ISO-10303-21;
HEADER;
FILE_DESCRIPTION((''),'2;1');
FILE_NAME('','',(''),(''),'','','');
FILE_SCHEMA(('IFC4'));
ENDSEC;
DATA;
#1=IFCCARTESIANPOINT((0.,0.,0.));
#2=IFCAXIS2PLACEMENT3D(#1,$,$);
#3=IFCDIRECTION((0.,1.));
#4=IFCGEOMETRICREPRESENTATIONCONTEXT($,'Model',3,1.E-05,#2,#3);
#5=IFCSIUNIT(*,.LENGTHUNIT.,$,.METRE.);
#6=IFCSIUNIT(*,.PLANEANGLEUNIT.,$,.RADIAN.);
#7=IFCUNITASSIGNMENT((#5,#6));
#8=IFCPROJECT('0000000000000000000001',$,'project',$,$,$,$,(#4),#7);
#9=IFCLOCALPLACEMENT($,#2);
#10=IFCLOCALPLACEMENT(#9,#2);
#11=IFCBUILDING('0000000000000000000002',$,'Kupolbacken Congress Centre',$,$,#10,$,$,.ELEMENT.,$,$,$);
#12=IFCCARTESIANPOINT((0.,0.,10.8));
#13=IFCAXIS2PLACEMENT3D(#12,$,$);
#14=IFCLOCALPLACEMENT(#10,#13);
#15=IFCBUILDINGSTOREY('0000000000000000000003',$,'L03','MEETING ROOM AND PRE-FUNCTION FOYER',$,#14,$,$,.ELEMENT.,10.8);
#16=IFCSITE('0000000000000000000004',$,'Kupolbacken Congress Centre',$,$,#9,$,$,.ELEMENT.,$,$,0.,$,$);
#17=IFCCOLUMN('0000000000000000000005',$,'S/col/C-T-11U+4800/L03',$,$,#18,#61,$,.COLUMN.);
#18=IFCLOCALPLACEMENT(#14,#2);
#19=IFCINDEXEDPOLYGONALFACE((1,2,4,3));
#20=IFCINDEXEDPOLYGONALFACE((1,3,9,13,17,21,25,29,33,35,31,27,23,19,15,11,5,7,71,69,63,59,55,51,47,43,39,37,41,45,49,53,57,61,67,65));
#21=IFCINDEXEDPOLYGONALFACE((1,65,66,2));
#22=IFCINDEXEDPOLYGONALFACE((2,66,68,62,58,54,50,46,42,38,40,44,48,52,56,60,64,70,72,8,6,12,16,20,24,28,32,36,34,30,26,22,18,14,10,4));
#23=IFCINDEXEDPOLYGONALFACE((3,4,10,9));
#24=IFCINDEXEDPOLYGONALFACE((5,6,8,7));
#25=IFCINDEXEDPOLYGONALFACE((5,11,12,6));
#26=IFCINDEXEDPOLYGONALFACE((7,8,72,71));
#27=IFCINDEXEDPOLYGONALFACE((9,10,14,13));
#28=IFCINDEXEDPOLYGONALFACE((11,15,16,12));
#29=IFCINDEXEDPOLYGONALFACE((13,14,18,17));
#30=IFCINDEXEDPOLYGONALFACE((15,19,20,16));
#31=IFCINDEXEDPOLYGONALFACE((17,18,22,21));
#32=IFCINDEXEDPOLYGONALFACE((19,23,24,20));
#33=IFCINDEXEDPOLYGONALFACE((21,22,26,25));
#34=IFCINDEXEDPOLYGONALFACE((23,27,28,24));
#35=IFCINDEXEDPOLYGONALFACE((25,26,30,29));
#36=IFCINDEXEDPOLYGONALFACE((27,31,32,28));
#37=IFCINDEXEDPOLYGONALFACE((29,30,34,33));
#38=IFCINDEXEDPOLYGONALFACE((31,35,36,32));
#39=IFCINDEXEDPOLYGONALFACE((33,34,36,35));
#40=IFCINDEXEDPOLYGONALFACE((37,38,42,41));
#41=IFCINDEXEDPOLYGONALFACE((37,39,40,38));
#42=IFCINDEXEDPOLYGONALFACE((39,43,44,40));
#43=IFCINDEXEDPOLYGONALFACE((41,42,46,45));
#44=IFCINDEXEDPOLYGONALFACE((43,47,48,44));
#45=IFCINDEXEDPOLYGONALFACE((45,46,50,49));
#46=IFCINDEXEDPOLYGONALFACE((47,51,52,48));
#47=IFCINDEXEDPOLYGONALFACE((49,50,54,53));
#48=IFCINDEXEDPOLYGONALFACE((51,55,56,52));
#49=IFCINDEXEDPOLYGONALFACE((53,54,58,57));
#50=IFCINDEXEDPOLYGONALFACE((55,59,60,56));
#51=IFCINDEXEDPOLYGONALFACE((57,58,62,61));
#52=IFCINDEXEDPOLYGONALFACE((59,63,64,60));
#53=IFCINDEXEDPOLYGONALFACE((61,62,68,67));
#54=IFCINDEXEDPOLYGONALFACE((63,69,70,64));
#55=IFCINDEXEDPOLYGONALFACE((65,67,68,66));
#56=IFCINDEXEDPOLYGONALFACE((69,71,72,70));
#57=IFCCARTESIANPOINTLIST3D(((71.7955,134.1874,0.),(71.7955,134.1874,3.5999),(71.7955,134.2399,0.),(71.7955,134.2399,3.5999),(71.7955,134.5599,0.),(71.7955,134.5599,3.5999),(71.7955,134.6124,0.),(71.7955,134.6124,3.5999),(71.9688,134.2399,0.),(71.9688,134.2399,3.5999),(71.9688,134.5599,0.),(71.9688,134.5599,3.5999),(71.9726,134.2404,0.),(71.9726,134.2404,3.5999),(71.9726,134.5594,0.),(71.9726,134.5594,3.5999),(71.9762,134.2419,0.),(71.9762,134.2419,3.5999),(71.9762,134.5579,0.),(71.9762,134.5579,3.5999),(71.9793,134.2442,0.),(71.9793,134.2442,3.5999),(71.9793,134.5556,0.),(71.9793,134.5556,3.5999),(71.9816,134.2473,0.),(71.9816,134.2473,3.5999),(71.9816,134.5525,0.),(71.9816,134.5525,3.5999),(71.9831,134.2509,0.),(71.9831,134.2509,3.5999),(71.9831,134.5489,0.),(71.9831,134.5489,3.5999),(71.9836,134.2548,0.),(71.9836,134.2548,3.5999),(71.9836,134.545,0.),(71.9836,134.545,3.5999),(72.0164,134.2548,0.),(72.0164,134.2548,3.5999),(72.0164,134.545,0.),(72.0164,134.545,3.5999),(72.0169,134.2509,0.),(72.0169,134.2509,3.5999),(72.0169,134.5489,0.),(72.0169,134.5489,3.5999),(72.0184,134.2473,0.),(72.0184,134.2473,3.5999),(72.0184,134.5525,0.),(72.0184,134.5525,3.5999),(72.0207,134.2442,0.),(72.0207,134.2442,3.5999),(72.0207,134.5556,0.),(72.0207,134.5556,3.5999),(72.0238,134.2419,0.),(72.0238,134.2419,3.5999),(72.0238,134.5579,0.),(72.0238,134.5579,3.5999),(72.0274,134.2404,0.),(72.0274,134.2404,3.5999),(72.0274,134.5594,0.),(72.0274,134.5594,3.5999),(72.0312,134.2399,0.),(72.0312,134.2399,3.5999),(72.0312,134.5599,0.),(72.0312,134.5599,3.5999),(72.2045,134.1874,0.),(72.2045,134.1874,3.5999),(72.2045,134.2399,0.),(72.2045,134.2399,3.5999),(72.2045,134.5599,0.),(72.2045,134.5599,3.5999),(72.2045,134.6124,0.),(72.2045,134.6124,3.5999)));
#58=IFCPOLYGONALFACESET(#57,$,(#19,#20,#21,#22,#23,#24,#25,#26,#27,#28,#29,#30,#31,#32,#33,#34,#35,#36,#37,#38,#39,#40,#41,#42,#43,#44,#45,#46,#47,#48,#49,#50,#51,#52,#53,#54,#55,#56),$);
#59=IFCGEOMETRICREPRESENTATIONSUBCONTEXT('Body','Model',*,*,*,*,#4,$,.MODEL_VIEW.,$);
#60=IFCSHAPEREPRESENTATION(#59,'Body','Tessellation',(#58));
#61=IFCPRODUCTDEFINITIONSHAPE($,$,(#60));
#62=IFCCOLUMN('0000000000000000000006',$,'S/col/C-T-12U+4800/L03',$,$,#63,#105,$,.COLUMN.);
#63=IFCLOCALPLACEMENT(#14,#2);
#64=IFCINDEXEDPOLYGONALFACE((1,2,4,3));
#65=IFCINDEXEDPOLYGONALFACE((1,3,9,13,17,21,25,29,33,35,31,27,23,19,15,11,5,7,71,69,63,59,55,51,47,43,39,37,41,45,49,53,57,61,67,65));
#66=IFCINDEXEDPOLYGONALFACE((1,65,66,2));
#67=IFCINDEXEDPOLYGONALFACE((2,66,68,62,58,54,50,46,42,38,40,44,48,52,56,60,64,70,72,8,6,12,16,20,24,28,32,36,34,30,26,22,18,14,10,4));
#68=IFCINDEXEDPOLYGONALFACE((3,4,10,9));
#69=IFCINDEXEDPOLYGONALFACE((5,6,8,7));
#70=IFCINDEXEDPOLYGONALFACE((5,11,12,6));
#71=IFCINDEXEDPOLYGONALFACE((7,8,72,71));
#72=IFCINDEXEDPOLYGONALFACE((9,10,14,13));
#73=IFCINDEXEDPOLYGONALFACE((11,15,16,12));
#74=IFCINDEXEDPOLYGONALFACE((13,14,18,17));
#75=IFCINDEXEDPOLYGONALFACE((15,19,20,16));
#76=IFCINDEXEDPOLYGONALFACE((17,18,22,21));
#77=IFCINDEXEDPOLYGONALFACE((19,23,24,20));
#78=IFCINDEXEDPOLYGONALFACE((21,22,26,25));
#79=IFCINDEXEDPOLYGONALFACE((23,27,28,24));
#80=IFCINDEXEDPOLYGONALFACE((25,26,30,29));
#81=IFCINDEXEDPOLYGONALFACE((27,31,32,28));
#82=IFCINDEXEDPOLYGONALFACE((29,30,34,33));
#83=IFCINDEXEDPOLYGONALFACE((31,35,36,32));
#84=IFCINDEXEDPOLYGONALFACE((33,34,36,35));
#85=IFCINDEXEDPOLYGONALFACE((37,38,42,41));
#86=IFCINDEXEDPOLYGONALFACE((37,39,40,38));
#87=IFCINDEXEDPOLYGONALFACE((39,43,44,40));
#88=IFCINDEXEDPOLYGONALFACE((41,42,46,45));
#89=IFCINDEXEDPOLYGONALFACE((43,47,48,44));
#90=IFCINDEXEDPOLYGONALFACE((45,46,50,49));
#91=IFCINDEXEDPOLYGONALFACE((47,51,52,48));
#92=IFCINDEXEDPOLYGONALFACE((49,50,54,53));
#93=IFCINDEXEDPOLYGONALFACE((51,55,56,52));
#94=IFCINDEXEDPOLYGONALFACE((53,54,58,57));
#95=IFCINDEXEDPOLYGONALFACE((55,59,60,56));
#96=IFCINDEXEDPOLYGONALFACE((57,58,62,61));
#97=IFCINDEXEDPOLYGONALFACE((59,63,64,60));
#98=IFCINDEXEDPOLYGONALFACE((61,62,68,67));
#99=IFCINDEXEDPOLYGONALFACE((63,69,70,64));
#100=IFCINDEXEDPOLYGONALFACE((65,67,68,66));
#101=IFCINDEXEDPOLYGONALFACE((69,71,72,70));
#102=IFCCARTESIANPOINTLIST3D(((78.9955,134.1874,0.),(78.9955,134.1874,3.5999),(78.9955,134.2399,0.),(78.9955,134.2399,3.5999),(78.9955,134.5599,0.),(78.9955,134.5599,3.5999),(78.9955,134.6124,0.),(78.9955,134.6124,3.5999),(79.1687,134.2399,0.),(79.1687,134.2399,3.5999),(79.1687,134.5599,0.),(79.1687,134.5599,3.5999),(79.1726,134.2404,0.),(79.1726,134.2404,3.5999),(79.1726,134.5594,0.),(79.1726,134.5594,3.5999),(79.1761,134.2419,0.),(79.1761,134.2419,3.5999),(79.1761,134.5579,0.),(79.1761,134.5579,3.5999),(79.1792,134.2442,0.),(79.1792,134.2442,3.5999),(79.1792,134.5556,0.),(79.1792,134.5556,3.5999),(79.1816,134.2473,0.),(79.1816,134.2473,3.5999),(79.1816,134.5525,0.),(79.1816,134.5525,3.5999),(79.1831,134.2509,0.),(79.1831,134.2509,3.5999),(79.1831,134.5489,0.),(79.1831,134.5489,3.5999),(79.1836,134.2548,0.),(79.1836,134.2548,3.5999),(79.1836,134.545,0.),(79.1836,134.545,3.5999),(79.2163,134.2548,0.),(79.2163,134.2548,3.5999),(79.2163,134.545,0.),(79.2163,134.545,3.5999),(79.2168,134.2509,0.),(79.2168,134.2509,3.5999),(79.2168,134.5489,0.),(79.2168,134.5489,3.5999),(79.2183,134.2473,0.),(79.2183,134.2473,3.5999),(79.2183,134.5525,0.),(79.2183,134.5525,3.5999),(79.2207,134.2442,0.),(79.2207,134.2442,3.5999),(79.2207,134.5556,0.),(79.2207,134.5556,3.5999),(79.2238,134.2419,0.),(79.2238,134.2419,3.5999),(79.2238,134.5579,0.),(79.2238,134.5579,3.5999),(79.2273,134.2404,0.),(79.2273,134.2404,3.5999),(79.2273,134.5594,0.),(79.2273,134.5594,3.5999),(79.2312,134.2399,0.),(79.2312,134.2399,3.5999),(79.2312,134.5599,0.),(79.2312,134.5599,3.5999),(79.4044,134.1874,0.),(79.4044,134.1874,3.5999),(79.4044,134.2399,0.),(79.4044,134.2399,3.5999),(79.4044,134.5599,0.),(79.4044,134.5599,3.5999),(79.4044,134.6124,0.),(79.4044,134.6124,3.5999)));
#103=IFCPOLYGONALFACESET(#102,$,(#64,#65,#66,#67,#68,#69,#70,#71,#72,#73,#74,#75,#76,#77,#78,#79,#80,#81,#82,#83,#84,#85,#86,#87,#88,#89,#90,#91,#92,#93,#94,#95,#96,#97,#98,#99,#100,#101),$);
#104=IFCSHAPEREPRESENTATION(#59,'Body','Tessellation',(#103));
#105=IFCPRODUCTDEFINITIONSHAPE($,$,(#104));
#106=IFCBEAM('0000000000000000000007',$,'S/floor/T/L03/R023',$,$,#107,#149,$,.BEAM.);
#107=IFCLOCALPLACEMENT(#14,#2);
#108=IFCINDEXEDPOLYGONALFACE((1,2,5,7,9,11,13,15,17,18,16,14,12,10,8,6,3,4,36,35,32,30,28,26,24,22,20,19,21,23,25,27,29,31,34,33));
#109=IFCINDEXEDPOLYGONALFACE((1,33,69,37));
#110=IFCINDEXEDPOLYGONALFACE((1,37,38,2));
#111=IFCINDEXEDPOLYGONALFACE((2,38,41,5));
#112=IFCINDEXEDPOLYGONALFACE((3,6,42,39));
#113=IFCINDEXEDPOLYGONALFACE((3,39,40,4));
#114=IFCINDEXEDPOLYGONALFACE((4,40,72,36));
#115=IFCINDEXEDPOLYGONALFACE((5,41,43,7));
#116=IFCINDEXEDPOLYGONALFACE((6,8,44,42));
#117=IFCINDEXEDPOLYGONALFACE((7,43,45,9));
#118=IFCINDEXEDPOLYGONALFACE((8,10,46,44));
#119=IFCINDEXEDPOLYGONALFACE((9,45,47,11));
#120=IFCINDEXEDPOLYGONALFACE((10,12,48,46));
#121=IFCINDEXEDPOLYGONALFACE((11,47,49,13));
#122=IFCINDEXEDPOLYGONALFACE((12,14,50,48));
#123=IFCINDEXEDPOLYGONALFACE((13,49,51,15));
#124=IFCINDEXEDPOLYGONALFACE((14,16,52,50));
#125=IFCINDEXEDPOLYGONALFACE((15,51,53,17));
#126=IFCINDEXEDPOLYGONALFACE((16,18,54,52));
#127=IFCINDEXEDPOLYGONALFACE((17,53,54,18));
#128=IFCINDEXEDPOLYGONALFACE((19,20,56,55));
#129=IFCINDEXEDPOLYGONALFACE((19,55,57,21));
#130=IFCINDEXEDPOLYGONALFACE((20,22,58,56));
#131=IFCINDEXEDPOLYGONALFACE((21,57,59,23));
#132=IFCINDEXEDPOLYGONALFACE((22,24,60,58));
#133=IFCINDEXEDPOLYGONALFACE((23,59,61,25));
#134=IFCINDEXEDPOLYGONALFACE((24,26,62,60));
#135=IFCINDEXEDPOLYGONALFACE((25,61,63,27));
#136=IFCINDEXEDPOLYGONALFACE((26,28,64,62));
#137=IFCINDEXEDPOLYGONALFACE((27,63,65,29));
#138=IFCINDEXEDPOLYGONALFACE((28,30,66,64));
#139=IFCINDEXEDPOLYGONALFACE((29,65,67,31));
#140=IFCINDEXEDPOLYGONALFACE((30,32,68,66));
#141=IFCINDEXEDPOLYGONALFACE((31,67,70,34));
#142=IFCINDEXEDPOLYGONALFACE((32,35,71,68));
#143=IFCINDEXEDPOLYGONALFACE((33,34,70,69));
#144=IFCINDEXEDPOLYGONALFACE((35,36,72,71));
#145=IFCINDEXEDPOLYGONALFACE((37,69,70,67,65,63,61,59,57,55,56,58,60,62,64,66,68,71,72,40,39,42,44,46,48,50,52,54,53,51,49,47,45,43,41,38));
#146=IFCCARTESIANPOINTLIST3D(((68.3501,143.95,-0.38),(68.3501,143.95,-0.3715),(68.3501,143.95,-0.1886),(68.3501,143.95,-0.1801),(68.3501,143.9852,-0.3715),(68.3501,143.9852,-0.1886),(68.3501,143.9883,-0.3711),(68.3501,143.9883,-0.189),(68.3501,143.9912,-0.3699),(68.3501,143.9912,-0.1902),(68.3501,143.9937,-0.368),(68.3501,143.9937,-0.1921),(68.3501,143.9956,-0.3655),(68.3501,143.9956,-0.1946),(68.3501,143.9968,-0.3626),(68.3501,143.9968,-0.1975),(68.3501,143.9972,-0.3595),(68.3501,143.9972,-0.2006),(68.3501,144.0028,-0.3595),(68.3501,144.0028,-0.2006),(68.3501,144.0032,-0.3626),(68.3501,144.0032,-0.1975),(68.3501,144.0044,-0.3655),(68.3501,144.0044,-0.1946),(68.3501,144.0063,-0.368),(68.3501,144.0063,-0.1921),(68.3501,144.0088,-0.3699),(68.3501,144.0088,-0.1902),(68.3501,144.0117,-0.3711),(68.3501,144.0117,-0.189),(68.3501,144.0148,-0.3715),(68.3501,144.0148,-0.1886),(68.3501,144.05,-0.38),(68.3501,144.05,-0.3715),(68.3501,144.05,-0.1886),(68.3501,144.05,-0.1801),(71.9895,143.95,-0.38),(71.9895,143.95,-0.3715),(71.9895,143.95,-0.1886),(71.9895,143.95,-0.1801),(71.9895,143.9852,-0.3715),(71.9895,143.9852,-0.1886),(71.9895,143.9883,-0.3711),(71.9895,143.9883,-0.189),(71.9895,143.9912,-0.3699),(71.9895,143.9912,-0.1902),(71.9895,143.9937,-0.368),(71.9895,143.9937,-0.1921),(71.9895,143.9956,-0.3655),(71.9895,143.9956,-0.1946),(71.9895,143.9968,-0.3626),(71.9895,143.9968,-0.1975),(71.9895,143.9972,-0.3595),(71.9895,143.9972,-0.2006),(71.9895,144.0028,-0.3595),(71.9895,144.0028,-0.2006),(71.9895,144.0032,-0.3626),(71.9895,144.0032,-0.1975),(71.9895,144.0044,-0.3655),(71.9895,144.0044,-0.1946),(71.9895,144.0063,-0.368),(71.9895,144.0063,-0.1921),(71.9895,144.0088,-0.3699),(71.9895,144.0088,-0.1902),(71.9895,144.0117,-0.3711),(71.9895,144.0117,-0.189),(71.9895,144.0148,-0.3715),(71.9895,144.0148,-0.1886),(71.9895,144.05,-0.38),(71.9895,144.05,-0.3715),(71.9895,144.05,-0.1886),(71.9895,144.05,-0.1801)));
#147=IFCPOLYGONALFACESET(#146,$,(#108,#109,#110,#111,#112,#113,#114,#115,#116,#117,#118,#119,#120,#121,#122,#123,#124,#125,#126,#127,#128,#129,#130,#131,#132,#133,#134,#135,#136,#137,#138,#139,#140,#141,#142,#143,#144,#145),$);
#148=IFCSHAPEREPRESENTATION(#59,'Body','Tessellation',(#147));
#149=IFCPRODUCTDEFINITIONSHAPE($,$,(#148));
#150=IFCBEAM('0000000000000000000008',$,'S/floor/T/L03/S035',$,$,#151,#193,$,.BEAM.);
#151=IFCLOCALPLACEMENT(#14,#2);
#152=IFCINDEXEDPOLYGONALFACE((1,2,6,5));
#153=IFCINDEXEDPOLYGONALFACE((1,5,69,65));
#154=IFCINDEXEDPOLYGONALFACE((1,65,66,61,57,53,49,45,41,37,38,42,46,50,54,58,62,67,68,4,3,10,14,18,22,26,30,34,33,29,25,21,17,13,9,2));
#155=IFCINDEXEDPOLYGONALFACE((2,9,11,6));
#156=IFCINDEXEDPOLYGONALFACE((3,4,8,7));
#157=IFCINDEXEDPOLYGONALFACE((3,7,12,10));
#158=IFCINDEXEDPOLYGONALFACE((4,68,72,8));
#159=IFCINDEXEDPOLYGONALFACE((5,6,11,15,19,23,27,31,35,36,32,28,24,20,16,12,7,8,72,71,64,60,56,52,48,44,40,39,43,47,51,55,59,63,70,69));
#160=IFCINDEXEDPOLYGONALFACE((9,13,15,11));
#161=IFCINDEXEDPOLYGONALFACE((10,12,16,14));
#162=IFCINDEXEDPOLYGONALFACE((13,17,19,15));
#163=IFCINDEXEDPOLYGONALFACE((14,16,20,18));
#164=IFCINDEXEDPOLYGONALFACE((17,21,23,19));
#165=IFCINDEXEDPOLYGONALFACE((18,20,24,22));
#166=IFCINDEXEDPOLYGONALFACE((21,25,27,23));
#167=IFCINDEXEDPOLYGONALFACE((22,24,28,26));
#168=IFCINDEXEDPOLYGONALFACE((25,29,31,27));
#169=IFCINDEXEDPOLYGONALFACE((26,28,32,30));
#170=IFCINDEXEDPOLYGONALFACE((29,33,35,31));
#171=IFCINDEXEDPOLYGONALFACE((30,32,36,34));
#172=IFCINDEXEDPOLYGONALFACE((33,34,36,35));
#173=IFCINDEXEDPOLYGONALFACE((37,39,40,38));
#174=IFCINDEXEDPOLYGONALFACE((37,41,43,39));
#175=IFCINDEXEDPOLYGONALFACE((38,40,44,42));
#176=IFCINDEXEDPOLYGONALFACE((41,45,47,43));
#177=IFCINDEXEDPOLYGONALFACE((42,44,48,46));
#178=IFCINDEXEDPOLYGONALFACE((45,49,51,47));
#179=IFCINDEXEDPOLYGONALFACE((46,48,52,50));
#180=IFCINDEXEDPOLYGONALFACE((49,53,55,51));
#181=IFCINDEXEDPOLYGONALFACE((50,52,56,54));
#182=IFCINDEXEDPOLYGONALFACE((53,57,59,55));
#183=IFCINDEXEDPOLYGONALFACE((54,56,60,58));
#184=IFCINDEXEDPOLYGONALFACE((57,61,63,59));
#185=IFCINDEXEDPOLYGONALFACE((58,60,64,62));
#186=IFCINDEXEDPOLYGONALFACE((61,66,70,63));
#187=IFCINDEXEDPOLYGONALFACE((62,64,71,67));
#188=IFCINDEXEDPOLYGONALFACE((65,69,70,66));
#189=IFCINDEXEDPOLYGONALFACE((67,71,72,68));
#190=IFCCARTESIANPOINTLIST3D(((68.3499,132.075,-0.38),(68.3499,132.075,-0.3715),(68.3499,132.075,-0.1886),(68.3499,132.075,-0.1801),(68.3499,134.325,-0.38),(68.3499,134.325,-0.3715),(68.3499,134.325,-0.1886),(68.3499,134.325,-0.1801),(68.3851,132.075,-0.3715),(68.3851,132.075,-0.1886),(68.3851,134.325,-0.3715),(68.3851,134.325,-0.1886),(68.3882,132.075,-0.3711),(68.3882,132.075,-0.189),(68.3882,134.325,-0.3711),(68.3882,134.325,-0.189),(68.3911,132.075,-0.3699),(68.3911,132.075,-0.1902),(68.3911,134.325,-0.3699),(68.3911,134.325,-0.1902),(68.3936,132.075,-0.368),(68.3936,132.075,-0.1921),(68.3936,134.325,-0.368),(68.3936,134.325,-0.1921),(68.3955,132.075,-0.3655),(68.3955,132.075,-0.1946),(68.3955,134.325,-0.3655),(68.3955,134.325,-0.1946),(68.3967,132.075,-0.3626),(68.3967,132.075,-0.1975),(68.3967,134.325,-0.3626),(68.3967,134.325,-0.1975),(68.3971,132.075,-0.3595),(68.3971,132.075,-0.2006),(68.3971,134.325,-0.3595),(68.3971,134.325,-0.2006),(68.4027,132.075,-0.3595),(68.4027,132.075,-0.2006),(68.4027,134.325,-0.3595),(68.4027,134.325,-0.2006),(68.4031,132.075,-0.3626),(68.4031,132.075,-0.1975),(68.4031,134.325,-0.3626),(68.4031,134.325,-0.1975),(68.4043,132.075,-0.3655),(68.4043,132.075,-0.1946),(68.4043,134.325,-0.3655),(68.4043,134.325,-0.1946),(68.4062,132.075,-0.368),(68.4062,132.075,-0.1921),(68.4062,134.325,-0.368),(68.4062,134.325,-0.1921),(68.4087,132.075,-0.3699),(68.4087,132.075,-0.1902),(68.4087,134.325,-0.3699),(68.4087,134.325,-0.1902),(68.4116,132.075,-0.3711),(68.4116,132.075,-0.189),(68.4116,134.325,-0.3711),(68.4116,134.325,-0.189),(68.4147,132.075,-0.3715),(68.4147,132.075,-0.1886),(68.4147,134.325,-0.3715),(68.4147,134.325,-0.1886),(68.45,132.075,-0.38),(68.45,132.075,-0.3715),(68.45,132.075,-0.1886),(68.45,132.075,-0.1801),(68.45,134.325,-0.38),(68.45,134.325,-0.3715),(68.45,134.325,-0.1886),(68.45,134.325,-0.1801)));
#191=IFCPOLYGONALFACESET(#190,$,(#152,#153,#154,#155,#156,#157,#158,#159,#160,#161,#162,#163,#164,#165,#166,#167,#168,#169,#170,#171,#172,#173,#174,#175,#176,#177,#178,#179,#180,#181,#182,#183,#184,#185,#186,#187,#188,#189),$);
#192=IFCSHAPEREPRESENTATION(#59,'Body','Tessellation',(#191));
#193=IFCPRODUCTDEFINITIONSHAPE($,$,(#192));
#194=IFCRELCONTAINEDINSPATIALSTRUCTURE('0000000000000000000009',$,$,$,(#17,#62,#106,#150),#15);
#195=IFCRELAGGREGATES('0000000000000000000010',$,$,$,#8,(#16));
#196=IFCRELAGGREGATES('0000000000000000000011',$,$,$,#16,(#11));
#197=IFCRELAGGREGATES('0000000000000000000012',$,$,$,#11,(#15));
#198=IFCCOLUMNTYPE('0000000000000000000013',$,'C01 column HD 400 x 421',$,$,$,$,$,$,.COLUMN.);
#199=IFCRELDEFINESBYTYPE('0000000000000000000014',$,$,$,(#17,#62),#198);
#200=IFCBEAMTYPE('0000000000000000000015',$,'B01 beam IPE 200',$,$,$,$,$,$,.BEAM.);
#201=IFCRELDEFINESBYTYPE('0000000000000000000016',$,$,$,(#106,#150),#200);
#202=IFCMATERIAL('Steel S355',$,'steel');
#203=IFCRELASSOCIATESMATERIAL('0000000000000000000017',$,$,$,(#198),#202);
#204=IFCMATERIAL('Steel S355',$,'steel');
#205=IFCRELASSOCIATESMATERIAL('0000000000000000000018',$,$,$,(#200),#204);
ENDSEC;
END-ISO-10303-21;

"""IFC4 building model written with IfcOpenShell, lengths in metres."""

from ifc_helpers import new_model, si_unit, direction, frame, origin, origin_2d, place, context, subcontext, project, spatial, i_section, extrude, material, material_profile, profile_set, type_object, element, save


model = new_model("IFC4")

# Units and contexts
model_context = context("Model", 3, precision=1e-05, world=origin(), true_north=direction((0.0, 1.0)))
body_context = subcontext(model_context, "Body", "Model", "MODEL_VIEW")
ifc_project = project(units=[si_unit("LENGTHUNIT", "METRE"), si_unit("PLANEANGLEUNIT", "RADIAN")], contexts=[model_context])

# Site, building, storey
site_placement = place(None, origin())
site = spatial("IfcSite", under=ifc_project, at=site_placement, Name="Kupolbacken Congress Centre", CompositionType="ELEMENT", RefElevation=0.0)
building_placement = place(site_placement, origin())
building = spatial("IfcBuilding", under=site, at=building_placement, Name="Kupolbacken Congress Centre", CompositionType="ELEMENT")
storey_placement = place(building_placement, frame((0.0, 0.0, 10.8)))
storey = spatial("IfcBuildingStorey", under=building, at=storey_placement, Name="L03", Description="MEETING ROOM AND PRE-FUNCTION FOYER", CompositionType="ELEMENT", Elevation=10.8)

# Columns
ifc_material_1 = material(Name="Steel S355", Category="steel")
ifc_material_profile_1 = material_profile(ifc_material_1, i_section(OverallWidth=0.4089, OverallDepth=0.425, WebThickness=0.0327, FlangeThickness=0.0525, FilletRadius=0.0149, at=origin_2d()), Name="HD 400 x 421")
ifc_profile_set_1 = profile_set([ifc_material_profile_1], Name="Steel S355")
column_type = type_object("IfcColumnType", Name="C01 column HD 400 x 421", PredefinedType="COLUMN", material=ifc_profile_set_1)
for number, where, z_axis, x_axis, name in (
    (1, (72.0, 134.3999, 0.0), (0.0, 0.0, 1.0), (1.0, 0.0, 0.0), "S/col/C-T-11U+4800/L03"),
    (2, (79.2, 134.3999, 0.0), (0.0, 0.0, 1.0), (1.0, 0.0, 0.0), "S/col/C-T-12U+4800/L03"),
):
    element("IfcColumn", number, at=place(storey_placement, frame(where, z_axis=z_axis, x_axis=x_axis)), inside=storey, type_object=column_type, Name=name, PredefinedType="COLUMN", context=body_context, shape_type="SweptSolid", body=[
        extrude(i_section(OverallWidth=0.4089, OverallDepth=0.425, WebThickness=0.0327, FlangeThickness=0.0525, FilletRadius=0.0149, at=origin_2d()), origin(), (0.0, 0.0, 1.0), 3.5999),
    ])

# Beams
ifc_material_2 = material(Name="Steel S355", Category="steel")
ifc_material_profile_2 = material_profile(ifc_material_2, i_section(OverallWidth=0.1001, OverallDepth=0.2, WebThickness=0.0056, FlangeThickness=0.0085, FilletRadius=0.012, at=origin_2d()), Name="IPE 200")
ifc_profile_set_2 = profile_set([ifc_material_profile_2], Name="Steel S355")
beam_type_1 = type_object("IfcBeamType", Name="B01 beam IPE 200", PredefinedType="BEAM", material=ifc_profile_set_2)
beam_1_placement = place(storey_placement, frame((68.3501, 144.0, -0.28), z_axis=(1.0, 0.0, 0.0), x_axis=(0.0, 1.0, 0.0)))
element("IfcBeam", 3, at=beam_1_placement, inside=storey, type_object=beam_type_1, Name="S/floor/T/L03/R023", PredefinedType="BEAM", context=body_context, shape_type="SweptSolid", body=[
    extrude(i_section(OverallWidth=0.1001, OverallDepth=0.2, WebThickness=0.0056, FlangeThickness=0.0085, FilletRadius=0.012, at=origin_2d()), origin(), (0.0, 0.0, 1.0), 3.6394),
])
beam_2_placement = place(storey_placement, frame((68.3999, 132.075, -0.28), z_axis=(0.0, 1.0, 0.0), x_axis=(-1.0, 0.0, 0.0)))
element("IfcBeam", 4, at=beam_2_placement, inside=storey, type_object=beam_type_1, Name="S/floor/T/L03/S035", PredefinedType="BEAM", context=body_context, shape_type="SweptSolid", body=[
    extrude(i_section(OverallWidth=0.1001, OverallDepth=0.2, WebThickness=0.0056, FlangeThickness=0.0085, FilletRadius=0.012, at=origin_2d()), origin(), (0.0, 0.0, 1.0), 2.25),
])

save(model, "model.ifc")
